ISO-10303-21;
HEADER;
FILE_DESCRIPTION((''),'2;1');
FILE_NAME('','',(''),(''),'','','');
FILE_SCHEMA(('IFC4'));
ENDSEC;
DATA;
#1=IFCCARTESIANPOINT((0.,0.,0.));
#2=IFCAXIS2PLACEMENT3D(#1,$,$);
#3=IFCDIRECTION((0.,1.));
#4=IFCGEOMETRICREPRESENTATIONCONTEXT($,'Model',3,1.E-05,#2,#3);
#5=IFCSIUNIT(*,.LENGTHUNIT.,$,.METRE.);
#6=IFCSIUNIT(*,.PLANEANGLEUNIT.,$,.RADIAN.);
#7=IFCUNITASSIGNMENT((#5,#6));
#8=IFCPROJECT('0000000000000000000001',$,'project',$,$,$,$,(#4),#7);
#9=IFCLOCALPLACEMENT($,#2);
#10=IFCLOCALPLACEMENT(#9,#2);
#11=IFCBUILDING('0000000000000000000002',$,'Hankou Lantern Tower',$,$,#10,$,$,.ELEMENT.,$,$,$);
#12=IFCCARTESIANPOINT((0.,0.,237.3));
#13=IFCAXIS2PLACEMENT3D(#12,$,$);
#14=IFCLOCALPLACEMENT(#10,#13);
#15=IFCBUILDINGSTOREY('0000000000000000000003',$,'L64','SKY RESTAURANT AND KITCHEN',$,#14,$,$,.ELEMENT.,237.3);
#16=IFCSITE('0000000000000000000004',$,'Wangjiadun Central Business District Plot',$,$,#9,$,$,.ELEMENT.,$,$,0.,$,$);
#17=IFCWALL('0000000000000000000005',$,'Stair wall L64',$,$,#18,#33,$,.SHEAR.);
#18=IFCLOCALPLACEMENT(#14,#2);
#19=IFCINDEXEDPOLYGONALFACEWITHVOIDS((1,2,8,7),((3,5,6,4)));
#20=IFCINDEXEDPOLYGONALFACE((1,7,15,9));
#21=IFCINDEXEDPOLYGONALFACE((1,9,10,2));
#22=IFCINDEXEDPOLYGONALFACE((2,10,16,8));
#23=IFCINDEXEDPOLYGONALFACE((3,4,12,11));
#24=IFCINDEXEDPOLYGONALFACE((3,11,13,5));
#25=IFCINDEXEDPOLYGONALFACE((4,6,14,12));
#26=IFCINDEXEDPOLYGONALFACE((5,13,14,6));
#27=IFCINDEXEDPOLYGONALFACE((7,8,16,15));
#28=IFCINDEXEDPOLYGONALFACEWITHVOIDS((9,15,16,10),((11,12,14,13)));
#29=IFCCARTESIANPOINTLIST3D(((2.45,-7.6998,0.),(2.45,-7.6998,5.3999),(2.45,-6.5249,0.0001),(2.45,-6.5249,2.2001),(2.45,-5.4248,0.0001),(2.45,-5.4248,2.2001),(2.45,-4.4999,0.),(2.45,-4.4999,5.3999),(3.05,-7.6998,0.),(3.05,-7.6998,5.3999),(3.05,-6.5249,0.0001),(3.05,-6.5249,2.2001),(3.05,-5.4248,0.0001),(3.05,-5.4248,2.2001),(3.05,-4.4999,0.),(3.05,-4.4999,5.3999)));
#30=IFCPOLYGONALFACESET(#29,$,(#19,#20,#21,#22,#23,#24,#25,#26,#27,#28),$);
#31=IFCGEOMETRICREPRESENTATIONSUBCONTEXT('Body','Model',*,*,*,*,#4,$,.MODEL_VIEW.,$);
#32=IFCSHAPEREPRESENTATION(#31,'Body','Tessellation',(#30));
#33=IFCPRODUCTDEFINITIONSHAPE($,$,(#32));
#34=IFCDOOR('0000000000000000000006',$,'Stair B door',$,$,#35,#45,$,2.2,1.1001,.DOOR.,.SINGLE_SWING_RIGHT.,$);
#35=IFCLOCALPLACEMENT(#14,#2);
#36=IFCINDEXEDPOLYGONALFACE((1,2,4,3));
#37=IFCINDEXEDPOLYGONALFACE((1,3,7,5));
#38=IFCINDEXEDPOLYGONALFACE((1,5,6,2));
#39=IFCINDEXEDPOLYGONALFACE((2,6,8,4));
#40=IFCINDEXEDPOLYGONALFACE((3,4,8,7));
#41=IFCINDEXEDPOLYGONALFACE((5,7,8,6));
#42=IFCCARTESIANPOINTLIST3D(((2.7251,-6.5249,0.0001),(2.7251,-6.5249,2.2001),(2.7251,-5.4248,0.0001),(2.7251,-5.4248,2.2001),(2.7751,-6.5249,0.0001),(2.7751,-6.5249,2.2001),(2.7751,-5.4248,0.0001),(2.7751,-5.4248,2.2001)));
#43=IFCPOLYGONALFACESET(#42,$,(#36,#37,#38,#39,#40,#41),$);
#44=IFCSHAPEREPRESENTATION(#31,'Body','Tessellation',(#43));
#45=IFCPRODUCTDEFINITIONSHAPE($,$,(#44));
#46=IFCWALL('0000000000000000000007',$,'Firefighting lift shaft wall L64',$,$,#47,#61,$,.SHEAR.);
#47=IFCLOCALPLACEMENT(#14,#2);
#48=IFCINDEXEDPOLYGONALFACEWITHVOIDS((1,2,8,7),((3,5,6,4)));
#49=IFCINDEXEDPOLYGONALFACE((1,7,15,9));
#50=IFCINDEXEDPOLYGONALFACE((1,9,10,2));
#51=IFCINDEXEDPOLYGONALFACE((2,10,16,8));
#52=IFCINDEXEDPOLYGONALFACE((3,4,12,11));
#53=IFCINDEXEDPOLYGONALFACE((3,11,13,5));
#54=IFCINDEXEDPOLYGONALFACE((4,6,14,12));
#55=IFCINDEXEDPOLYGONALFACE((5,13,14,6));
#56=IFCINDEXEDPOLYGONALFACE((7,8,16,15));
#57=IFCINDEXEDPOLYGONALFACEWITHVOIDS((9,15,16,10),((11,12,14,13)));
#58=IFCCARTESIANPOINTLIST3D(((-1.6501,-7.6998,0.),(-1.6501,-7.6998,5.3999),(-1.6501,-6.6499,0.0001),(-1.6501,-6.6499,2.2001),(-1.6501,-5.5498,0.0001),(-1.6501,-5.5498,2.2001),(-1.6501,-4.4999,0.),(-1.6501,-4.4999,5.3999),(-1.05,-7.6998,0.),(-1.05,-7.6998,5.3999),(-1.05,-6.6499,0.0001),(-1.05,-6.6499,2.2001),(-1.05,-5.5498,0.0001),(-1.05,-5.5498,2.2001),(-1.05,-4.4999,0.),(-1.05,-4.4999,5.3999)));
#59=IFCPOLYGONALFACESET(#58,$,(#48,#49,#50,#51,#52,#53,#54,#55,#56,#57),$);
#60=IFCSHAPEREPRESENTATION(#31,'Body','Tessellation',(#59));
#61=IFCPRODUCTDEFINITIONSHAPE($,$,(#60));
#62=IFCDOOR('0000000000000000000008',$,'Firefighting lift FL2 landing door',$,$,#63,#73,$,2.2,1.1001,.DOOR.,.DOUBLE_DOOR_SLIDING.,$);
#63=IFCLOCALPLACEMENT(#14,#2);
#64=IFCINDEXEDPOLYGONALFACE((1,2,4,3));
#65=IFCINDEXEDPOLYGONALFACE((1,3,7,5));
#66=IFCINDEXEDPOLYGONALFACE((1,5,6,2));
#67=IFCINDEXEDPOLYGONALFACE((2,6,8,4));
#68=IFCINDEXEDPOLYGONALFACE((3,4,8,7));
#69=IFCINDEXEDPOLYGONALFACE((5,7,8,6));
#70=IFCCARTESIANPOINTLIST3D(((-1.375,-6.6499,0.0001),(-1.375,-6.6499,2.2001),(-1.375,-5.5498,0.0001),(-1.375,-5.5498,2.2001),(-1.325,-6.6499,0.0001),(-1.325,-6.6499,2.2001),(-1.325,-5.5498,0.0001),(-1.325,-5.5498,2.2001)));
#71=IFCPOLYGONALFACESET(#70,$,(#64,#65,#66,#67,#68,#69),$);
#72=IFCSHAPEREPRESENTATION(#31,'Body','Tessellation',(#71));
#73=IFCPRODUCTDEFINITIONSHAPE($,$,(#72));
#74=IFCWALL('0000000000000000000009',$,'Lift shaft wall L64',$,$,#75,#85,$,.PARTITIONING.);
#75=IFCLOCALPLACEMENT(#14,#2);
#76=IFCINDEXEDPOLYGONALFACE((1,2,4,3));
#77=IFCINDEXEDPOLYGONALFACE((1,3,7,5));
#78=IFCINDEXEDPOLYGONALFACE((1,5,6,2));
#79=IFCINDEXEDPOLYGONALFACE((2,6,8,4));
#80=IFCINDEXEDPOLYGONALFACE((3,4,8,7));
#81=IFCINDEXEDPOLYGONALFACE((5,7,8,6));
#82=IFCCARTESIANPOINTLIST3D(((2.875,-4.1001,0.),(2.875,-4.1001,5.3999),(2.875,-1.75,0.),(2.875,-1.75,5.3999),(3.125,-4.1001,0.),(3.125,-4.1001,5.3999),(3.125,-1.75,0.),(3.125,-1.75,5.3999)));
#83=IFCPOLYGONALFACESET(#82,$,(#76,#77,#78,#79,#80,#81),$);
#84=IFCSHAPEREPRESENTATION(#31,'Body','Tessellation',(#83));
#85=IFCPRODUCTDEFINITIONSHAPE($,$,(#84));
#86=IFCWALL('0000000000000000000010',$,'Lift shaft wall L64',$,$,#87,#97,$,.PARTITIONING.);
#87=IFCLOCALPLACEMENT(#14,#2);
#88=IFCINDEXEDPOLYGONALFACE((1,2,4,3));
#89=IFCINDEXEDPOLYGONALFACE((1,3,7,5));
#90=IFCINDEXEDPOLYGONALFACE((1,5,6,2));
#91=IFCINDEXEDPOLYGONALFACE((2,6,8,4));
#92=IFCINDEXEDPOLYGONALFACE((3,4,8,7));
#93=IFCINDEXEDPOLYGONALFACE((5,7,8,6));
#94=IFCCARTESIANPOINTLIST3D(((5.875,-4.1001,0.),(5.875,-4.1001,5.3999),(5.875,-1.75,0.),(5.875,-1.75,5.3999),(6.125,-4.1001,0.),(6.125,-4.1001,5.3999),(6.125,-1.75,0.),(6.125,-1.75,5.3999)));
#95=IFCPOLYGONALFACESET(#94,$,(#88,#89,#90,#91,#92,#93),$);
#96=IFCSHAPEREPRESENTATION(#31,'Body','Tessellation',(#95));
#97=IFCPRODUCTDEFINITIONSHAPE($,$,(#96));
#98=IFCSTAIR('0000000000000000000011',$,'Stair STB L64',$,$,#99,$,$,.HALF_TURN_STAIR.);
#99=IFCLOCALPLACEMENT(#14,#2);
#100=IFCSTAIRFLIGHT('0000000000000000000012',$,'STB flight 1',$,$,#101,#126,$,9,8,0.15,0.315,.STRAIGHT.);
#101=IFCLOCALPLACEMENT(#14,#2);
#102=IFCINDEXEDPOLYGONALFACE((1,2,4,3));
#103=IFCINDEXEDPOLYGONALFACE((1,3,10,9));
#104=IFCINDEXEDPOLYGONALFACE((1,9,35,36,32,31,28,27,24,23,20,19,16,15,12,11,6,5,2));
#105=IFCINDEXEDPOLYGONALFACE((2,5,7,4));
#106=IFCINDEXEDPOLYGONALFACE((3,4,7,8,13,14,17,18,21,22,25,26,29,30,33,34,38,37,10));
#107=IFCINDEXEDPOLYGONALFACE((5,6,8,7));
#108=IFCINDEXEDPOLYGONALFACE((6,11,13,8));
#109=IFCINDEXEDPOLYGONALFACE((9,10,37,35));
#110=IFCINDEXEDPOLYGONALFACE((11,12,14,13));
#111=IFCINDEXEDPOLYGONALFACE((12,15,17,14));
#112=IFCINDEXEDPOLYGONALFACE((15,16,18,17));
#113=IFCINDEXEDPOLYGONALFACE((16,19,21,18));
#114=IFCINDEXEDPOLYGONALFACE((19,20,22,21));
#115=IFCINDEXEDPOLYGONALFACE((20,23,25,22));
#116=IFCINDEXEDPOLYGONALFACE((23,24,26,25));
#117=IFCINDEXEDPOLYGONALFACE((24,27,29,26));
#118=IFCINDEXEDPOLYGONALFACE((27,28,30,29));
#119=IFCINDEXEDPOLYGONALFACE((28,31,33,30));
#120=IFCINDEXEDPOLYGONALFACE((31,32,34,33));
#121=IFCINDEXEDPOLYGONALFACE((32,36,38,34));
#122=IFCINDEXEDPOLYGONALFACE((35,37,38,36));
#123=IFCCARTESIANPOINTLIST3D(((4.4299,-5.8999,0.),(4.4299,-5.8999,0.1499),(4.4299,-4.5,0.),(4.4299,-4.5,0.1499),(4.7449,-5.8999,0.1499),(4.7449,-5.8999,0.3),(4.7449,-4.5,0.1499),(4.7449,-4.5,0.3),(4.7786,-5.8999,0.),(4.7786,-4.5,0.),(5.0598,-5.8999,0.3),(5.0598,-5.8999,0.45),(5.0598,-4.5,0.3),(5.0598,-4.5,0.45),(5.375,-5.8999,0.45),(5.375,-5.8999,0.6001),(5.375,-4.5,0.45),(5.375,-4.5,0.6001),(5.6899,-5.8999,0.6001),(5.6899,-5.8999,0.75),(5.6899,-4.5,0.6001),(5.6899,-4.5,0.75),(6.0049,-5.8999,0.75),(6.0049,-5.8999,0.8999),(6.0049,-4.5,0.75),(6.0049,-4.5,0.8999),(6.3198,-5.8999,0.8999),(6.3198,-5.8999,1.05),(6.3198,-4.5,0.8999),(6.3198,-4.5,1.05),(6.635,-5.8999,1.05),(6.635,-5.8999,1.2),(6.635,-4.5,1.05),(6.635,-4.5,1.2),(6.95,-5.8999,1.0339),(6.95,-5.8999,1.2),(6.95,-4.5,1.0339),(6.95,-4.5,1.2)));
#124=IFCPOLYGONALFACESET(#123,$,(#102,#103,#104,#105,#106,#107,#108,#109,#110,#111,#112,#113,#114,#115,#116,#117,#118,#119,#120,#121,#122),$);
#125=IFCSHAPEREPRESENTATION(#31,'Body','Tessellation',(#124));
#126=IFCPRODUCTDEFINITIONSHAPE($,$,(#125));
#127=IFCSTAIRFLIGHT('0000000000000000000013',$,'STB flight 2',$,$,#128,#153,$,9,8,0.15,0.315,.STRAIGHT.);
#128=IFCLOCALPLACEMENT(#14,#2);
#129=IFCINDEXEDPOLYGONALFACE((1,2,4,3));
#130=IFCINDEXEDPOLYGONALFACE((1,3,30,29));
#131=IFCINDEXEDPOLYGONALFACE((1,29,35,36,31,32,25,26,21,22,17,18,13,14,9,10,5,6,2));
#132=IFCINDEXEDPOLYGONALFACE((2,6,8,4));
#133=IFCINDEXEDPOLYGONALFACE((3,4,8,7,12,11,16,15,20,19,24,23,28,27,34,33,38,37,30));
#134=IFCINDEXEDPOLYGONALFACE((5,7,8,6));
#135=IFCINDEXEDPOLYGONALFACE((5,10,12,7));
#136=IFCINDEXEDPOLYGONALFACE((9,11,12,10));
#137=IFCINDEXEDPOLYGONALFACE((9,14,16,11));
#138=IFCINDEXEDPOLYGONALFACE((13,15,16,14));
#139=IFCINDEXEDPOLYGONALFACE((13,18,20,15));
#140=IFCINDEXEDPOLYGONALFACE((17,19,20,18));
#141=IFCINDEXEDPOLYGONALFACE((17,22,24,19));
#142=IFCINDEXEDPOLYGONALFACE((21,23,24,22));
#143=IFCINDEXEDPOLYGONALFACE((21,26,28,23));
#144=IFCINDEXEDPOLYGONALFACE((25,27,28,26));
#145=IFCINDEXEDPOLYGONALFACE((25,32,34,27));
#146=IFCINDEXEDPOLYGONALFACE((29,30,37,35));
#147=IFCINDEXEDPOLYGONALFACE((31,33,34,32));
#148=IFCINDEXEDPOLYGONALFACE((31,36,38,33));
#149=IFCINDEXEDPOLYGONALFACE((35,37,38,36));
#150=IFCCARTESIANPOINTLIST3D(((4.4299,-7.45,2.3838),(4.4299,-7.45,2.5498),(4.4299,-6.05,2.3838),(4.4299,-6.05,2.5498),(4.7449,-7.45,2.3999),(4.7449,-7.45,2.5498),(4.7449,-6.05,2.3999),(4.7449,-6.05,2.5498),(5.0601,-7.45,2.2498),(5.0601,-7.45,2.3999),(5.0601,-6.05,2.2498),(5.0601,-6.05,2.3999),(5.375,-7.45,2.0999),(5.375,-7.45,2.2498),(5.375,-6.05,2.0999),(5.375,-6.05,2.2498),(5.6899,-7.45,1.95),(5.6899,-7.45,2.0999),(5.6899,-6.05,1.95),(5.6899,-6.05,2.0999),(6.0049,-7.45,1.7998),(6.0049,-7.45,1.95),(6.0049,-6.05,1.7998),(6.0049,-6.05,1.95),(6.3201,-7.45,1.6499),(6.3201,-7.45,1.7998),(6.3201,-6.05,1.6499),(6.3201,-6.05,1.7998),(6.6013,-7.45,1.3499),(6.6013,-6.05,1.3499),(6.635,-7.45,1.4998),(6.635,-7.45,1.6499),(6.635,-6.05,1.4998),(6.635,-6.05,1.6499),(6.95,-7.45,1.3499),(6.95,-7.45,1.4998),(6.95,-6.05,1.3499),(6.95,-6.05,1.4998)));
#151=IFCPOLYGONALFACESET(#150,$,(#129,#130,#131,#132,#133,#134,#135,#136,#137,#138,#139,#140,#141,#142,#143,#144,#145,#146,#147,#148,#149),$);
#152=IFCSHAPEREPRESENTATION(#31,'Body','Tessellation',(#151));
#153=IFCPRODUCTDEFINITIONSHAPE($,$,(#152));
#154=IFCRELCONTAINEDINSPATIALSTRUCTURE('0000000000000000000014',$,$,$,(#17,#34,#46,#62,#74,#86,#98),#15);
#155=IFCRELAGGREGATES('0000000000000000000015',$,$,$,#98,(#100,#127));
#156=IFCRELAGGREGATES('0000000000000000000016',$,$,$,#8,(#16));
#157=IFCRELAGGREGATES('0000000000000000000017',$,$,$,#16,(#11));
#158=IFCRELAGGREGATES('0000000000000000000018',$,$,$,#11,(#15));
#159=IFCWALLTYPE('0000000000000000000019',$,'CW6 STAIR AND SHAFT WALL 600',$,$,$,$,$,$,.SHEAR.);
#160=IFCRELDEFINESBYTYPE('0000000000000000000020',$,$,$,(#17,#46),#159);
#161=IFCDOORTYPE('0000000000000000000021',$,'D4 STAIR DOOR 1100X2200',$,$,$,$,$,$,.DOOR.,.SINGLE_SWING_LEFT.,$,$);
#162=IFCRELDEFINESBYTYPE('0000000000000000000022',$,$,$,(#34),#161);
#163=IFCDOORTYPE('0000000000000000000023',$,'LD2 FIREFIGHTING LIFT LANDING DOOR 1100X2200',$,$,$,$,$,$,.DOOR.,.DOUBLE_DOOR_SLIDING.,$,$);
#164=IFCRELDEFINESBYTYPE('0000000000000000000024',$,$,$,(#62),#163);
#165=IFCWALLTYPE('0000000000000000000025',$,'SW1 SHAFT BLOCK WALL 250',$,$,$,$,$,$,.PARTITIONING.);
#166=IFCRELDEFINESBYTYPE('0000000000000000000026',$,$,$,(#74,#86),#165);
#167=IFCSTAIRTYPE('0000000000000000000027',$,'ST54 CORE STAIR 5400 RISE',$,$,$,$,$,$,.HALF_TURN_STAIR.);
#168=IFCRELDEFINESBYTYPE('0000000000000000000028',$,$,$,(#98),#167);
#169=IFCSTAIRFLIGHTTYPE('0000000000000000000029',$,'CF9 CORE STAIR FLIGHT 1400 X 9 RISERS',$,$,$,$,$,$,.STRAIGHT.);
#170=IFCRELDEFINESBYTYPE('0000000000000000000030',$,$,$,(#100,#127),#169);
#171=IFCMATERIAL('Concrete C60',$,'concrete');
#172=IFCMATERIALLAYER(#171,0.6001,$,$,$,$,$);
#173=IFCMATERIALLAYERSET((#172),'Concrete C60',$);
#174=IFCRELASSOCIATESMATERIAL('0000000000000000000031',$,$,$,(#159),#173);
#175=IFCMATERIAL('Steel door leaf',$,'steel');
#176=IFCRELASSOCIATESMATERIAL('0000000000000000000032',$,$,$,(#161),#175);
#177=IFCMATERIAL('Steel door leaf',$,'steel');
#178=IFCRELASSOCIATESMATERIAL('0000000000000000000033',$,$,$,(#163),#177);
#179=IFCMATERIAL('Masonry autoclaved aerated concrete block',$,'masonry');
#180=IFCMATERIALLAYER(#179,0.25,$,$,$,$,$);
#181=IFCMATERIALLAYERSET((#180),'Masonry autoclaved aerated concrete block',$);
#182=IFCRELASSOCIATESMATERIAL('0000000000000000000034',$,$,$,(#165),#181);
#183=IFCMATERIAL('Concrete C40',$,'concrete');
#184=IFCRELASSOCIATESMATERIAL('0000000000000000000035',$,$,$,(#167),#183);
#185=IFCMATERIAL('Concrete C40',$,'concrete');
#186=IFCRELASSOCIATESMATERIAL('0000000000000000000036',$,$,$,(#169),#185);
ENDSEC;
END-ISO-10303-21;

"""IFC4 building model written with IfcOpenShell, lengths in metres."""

from ifc_helpers import new_model, si_unit, direction, frame, frame_2d, origin, place, context, subcontext, project, spatial, polyline, rectangle, outline, extrude, material, layer, layer_set, type_object, element, fill, aggregate, save


model = new_model("IFC4")

# Units and contexts
model_context = context("Model", 3, precision=1e-05, world=origin(), true_north=direction((0.0, 1.0)))
body_context = subcontext(model_context, "Body", "Model", "MODEL_VIEW")
ifc_project = project(units=[si_unit("LENGTHUNIT", "METRE"), si_unit("PLANEANGLEUNIT", "RADIAN")], contexts=[model_context])

# Site, building, storey
site_placement = place(None, origin())
site = spatial("IfcSite", under=ifc_project, at=site_placement, Name="Wangjiadun Central Business District Plot", CompositionType="ELEMENT", RefElevation=0.0)
building_placement = place(site_placement, origin())
building = spatial("IfcBuilding", under=site, at=building_placement, Name="Hankou Lantern Tower", CompositionType="ELEMENT")
storey_placement = place(building_placement, frame((0.0, 0.0, 237.3)))
storey = spatial("IfcBuildingStorey", under=building, at=storey_placement, Name="L64", Description="SKY RESTAURANT AND KITCHEN", CompositionType="ELEMENT", Elevation=237.3)

# Walls, openings, doors
ifc_material_1 = material(Name="Concrete C60", Category="concrete")
ifc_layer_1 = layer(ifc_material_1, 0.6001)
ifc_layer_set_1 = layer_set([ifc_layer_1], Name="Concrete C60")
wall_type_1 = type_object("IfcWallType", Name="CW6 STAIR AND SHAFT WALL 600", PredefinedType="SHEAR", material=ifc_layer_set_1)
wall_1_placement = place(storey_placement, frame((2.75, -7.7, 0.0), z_axis=(0.0, 0.0, 1.0), x_axis=(0.0, 1.0, 0.0)))
wall_1 = element("IfcWall", 1, at=wall_1_placement, inside=storey, type_object=wall_type_1, Name="Stair wall L64", PredefinedType="SHEAR", context=body_context, shape_type="SweptSolid", body=[
    extrude(rectangle(XDim=3.2, YDim=0.6001, at=frame_2d((1.6001, 0.0))), origin(), (0.0, 0.0, 1.0), 5.3999),
])
opening_1_placement = place(wall_1_placement, frame((1.175, 0.0, 0.0)))
opening_1 = element("IfcOpeningElement", 2, at=opening_1_placement, cuts=wall_1, PredefinedType="OPENING", context=body_context, shape_type="SweptSolid", body=[
    extrude(rectangle(XDim=1.1001, YDim=2.2, at=frame_2d((0.55, 1.1001))), frame((0.0, 0.3101, 0.0), z_axis=(0.0, -1.0, 0.0), x_axis=(1.0, 0.0, 0.0)), (0.0, 0.0, 1.0), 0.6201),
])
ifc_material_2 = material(Name="Steel door leaf", Category="steel")
door_type_1 = type_object("IfcDoorType", Name="D4 STAIR DOOR 1100X2200", OperationType="SINGLE_SWING_LEFT", PredefinedType="DOOR", material=ifc_material_2)
door_1_placement = place(opening_1_placement, origin())
door_1 = element("IfcDoor", 3, at=door_1_placement, inside=storey, type_object=door_type_1, Name="Stair B door", OperationType="SINGLE_SWING_RIGHT", OverallHeight=2.2, OverallWidth=1.1001, PredefinedType="DOOR", context=body_context, shape_type="SweptSolid", body=[
    extrude(rectangle(XDim=1.1001, YDim=2.2, at=frame_2d((0.55, 1.1001))), frame((0.0, 0.0249, 0.0), z_axis=(0.0, -1.0, 0.0), x_axis=(1.0, 0.0, 0.0)), (0.0, 0.0, 1.0), 0.05),
])
fill(opening_1, door_1)
wall_2_placement = place(storey_placement, frame((-1.3501, -7.7, 0.0), z_axis=(0.0, 0.0, 1.0), x_axis=(0.0, 1.0, 0.0)))
wall_2 = element("IfcWall", 4, at=wall_2_placement, inside=storey, type_object=wall_type_1, Name="Firefighting lift shaft wall L64", PredefinedType="SHEAR", context=body_context, shape_type="SweptSolid", body=[
    extrude(rectangle(XDim=3.2, YDim=0.6001, at=frame_2d((1.6001, 0.0))), origin(), (0.0, 0.0, 1.0), 5.3999),
])
opening_2_placement = place(wall_2_placement, frame((1.05, 0.0, 0.0)))
opening_2 = element("IfcOpeningElement", 5, at=opening_2_placement, cuts=wall_2, PredefinedType="OPENING", context=body_context, shape_type="SweptSolid", body=[
    extrude(rectangle(XDim=1.1001, YDim=2.2, at=frame_2d((0.55, 1.1001))), frame((0.0, 0.3101, 0.0), z_axis=(0.0, -1.0, 0.0), x_axis=(1.0, 0.0, 0.0)), (0.0, 0.0, 1.0), 0.6201),
])
ifc_material_3 = material(Name="Steel door leaf", Category="steel")
door_type_2 = type_object("IfcDoorType", Name="LD2 FIREFIGHTING LIFT LANDING DOOR 1100X2200", OperationType="DOUBLE_DOOR_SLIDING", PredefinedType="DOOR", material=ifc_material_3)
door_2_placement = place(opening_2_placement, origin())
door_2 = element("IfcDoor", 6, at=door_2_placement, inside=storey, type_object=door_type_2, Name="Firefighting lift FL2 landing door", OperationType="DOUBLE_DOOR_SLIDING", OverallHeight=2.2, OverallWidth=1.1001, PredefinedType="DOOR", context=body_context, shape_type="SweptSolid", body=[
    extrude(rectangle(XDim=1.1001, YDim=2.2, at=frame_2d((0.55, 1.1001))), frame((0.0, 0.0249, 0.0), z_axis=(0.0, -1.0, 0.0), x_axis=(1.0, 0.0, 0.0)), (0.0, 0.0, 1.0), 0.05),
])
fill(opening_2, door_2)

# Walls
ifc_material_4 = material(Name="Masonry autoclaved aerated concrete block", Category="masonry")
ifc_layer_2 = layer(ifc_material_4, 0.25)
ifc_layer_set_2 = layer_set([ifc_layer_2], Name="Masonry autoclaved aerated concrete block")
wall_type_2 = type_object("IfcWallType", Name="SW1 SHAFT BLOCK WALL 250", PredefinedType="PARTITIONING", material=ifc_layer_set_2)
for number, where, z_axis, x_axis, name in (
    (7, (3.0, -4.1001, 0.0), (0.0, 0.0, 1.0), (0.0, 1.0, 0.0), "Lift shaft wall L64"),
    (8, (6.0, -4.1001, 0.0), (0.0, 0.0, 1.0), (0.0, 1.0, 0.0), "Lift shaft wall L64"),
):
    element("IfcWall", number, at=place(storey_placement, frame(where, z_axis=z_axis, x_axis=x_axis)), inside=storey, type_object=wall_type_2, Name=name, PredefinedType="PARTITIONING", context=body_context, shape_type="SweptSolid", body=[
        extrude(rectangle(XDim=2.3501, YDim=0.25, at=frame_2d((1.175, 0.0))), origin(), (0.0, 0.0, 1.0), 5.3999),
    ])

# Stair, stair flights
ifc_material_5 = material(Name="Concrete C40", Category="concrete")
stair_type = type_object("IfcStairType", Name="ST54 CORE STAIR 5400 RISE", PredefinedType="HALF_TURN_STAIR", material=ifc_material_5)
stair_placement = place(storey_placement, origin())
stair = element("IfcStair", 9, at=stair_placement, inside=storey, type_object=stair_type, Name="Stair STB L64", PredefinedType="HALF_TURN_STAIR")
ifc_material_6 = material(Name="Concrete C40", Category="concrete")
stair_flight_type = type_object("IfcStairFlightType", Name="CF9 CORE STAIR FLIGHT 1400 X 9 RISERS", PredefinedType="STRAIGHT", material=ifc_material_6)
stair_flight_1_placement = place(storey_placement, frame((4.4299, -5.2, 0.0), z_axis=(0.0, 0.0, 1.0), x_axis=(1.0, 0.0, 0.0)))
stair_flight_1 = element("IfcStairFlight", 10, at=stair_flight_1_placement, type_object=stair_flight_type, Name="STB flight 1", NumberOfRisers=9, NumberOfTreads=8, PredefinedType="STRAIGHT", RiserHeight=0.15, TreadLength=0.315, context=body_context, shape_type="SweptSolid", body=[
    extrude(outline(polyline([(0.0, 0.0), (0.0, 0.1499), (0.3149, 0.1499), (0.3149, 0.3), (0.6299, 0.3), (0.6299, 0.45), (0.9451, 0.45), (0.9451, 0.6001), (1.26, 0.6001), (1.26, 0.75), (1.575, 0.75), (1.575, 0.8999), (1.8899, 0.8999), (1.8899, 1.05), (2.2051, 1.05), (2.2051, 1.2), (2.52, 1.2), (2.52, 1.3501), (2.52, 1.0339), (0.3486, 0.0), (0.0, 0.0)])), frame((0.0, 0.7, 0.0), z_axis=(0.0, -1.0, 0.0), x_axis=(1.0, 0.0, 0.0)), (0.0, 0.0, 1.0), 1.3999),
])
stair_flight_2_placement = place(storey_placement, frame((6.95, -6.75, 1.3499), z_axis=(0.0, 0.0, 1.0), x_axis=(-1.0, 0.0, 0.0)))
stair_flight_2 = element("IfcStairFlight", 11, at=stair_flight_2_placement, type_object=stair_flight_type, Name="STB flight 2", NumberOfRisers=9, NumberOfTreads=8, PredefinedType="STRAIGHT", RiserHeight=0.15, TreadLength=0.315, context=body_context, shape_type="SweptSolid", body=[
    extrude(outline(polyline([(0.0, 0.0), (0.0, 0.1499), (0.3149, 0.1499), (0.3149, 0.3), (0.6299, 0.3), (0.6299, 0.45), (0.9451, 0.45), (0.9451, 0.6001), (1.26, 0.6001), (1.26, 0.75), (1.575, 0.75), (1.575, 0.8999), (1.8899, 0.8999), (1.8899, 1.05), (2.2051, 1.05), (2.2051, 1.2), (2.52, 1.2), (2.52, 1.3501), (2.52, 1.0339), (0.3486, 0.0), (0.0, 0.0)])), frame((0.0, 0.7, 0.0), z_axis=(0.0, -1.0, 0.0), x_axis=(1.0, 0.0, 0.0)), (0.0, 0.0, 1.0), 1.3999),
])
aggregate(stair, [stair_flight_1, stair_flight_2])

save(model, "model.ifc")
